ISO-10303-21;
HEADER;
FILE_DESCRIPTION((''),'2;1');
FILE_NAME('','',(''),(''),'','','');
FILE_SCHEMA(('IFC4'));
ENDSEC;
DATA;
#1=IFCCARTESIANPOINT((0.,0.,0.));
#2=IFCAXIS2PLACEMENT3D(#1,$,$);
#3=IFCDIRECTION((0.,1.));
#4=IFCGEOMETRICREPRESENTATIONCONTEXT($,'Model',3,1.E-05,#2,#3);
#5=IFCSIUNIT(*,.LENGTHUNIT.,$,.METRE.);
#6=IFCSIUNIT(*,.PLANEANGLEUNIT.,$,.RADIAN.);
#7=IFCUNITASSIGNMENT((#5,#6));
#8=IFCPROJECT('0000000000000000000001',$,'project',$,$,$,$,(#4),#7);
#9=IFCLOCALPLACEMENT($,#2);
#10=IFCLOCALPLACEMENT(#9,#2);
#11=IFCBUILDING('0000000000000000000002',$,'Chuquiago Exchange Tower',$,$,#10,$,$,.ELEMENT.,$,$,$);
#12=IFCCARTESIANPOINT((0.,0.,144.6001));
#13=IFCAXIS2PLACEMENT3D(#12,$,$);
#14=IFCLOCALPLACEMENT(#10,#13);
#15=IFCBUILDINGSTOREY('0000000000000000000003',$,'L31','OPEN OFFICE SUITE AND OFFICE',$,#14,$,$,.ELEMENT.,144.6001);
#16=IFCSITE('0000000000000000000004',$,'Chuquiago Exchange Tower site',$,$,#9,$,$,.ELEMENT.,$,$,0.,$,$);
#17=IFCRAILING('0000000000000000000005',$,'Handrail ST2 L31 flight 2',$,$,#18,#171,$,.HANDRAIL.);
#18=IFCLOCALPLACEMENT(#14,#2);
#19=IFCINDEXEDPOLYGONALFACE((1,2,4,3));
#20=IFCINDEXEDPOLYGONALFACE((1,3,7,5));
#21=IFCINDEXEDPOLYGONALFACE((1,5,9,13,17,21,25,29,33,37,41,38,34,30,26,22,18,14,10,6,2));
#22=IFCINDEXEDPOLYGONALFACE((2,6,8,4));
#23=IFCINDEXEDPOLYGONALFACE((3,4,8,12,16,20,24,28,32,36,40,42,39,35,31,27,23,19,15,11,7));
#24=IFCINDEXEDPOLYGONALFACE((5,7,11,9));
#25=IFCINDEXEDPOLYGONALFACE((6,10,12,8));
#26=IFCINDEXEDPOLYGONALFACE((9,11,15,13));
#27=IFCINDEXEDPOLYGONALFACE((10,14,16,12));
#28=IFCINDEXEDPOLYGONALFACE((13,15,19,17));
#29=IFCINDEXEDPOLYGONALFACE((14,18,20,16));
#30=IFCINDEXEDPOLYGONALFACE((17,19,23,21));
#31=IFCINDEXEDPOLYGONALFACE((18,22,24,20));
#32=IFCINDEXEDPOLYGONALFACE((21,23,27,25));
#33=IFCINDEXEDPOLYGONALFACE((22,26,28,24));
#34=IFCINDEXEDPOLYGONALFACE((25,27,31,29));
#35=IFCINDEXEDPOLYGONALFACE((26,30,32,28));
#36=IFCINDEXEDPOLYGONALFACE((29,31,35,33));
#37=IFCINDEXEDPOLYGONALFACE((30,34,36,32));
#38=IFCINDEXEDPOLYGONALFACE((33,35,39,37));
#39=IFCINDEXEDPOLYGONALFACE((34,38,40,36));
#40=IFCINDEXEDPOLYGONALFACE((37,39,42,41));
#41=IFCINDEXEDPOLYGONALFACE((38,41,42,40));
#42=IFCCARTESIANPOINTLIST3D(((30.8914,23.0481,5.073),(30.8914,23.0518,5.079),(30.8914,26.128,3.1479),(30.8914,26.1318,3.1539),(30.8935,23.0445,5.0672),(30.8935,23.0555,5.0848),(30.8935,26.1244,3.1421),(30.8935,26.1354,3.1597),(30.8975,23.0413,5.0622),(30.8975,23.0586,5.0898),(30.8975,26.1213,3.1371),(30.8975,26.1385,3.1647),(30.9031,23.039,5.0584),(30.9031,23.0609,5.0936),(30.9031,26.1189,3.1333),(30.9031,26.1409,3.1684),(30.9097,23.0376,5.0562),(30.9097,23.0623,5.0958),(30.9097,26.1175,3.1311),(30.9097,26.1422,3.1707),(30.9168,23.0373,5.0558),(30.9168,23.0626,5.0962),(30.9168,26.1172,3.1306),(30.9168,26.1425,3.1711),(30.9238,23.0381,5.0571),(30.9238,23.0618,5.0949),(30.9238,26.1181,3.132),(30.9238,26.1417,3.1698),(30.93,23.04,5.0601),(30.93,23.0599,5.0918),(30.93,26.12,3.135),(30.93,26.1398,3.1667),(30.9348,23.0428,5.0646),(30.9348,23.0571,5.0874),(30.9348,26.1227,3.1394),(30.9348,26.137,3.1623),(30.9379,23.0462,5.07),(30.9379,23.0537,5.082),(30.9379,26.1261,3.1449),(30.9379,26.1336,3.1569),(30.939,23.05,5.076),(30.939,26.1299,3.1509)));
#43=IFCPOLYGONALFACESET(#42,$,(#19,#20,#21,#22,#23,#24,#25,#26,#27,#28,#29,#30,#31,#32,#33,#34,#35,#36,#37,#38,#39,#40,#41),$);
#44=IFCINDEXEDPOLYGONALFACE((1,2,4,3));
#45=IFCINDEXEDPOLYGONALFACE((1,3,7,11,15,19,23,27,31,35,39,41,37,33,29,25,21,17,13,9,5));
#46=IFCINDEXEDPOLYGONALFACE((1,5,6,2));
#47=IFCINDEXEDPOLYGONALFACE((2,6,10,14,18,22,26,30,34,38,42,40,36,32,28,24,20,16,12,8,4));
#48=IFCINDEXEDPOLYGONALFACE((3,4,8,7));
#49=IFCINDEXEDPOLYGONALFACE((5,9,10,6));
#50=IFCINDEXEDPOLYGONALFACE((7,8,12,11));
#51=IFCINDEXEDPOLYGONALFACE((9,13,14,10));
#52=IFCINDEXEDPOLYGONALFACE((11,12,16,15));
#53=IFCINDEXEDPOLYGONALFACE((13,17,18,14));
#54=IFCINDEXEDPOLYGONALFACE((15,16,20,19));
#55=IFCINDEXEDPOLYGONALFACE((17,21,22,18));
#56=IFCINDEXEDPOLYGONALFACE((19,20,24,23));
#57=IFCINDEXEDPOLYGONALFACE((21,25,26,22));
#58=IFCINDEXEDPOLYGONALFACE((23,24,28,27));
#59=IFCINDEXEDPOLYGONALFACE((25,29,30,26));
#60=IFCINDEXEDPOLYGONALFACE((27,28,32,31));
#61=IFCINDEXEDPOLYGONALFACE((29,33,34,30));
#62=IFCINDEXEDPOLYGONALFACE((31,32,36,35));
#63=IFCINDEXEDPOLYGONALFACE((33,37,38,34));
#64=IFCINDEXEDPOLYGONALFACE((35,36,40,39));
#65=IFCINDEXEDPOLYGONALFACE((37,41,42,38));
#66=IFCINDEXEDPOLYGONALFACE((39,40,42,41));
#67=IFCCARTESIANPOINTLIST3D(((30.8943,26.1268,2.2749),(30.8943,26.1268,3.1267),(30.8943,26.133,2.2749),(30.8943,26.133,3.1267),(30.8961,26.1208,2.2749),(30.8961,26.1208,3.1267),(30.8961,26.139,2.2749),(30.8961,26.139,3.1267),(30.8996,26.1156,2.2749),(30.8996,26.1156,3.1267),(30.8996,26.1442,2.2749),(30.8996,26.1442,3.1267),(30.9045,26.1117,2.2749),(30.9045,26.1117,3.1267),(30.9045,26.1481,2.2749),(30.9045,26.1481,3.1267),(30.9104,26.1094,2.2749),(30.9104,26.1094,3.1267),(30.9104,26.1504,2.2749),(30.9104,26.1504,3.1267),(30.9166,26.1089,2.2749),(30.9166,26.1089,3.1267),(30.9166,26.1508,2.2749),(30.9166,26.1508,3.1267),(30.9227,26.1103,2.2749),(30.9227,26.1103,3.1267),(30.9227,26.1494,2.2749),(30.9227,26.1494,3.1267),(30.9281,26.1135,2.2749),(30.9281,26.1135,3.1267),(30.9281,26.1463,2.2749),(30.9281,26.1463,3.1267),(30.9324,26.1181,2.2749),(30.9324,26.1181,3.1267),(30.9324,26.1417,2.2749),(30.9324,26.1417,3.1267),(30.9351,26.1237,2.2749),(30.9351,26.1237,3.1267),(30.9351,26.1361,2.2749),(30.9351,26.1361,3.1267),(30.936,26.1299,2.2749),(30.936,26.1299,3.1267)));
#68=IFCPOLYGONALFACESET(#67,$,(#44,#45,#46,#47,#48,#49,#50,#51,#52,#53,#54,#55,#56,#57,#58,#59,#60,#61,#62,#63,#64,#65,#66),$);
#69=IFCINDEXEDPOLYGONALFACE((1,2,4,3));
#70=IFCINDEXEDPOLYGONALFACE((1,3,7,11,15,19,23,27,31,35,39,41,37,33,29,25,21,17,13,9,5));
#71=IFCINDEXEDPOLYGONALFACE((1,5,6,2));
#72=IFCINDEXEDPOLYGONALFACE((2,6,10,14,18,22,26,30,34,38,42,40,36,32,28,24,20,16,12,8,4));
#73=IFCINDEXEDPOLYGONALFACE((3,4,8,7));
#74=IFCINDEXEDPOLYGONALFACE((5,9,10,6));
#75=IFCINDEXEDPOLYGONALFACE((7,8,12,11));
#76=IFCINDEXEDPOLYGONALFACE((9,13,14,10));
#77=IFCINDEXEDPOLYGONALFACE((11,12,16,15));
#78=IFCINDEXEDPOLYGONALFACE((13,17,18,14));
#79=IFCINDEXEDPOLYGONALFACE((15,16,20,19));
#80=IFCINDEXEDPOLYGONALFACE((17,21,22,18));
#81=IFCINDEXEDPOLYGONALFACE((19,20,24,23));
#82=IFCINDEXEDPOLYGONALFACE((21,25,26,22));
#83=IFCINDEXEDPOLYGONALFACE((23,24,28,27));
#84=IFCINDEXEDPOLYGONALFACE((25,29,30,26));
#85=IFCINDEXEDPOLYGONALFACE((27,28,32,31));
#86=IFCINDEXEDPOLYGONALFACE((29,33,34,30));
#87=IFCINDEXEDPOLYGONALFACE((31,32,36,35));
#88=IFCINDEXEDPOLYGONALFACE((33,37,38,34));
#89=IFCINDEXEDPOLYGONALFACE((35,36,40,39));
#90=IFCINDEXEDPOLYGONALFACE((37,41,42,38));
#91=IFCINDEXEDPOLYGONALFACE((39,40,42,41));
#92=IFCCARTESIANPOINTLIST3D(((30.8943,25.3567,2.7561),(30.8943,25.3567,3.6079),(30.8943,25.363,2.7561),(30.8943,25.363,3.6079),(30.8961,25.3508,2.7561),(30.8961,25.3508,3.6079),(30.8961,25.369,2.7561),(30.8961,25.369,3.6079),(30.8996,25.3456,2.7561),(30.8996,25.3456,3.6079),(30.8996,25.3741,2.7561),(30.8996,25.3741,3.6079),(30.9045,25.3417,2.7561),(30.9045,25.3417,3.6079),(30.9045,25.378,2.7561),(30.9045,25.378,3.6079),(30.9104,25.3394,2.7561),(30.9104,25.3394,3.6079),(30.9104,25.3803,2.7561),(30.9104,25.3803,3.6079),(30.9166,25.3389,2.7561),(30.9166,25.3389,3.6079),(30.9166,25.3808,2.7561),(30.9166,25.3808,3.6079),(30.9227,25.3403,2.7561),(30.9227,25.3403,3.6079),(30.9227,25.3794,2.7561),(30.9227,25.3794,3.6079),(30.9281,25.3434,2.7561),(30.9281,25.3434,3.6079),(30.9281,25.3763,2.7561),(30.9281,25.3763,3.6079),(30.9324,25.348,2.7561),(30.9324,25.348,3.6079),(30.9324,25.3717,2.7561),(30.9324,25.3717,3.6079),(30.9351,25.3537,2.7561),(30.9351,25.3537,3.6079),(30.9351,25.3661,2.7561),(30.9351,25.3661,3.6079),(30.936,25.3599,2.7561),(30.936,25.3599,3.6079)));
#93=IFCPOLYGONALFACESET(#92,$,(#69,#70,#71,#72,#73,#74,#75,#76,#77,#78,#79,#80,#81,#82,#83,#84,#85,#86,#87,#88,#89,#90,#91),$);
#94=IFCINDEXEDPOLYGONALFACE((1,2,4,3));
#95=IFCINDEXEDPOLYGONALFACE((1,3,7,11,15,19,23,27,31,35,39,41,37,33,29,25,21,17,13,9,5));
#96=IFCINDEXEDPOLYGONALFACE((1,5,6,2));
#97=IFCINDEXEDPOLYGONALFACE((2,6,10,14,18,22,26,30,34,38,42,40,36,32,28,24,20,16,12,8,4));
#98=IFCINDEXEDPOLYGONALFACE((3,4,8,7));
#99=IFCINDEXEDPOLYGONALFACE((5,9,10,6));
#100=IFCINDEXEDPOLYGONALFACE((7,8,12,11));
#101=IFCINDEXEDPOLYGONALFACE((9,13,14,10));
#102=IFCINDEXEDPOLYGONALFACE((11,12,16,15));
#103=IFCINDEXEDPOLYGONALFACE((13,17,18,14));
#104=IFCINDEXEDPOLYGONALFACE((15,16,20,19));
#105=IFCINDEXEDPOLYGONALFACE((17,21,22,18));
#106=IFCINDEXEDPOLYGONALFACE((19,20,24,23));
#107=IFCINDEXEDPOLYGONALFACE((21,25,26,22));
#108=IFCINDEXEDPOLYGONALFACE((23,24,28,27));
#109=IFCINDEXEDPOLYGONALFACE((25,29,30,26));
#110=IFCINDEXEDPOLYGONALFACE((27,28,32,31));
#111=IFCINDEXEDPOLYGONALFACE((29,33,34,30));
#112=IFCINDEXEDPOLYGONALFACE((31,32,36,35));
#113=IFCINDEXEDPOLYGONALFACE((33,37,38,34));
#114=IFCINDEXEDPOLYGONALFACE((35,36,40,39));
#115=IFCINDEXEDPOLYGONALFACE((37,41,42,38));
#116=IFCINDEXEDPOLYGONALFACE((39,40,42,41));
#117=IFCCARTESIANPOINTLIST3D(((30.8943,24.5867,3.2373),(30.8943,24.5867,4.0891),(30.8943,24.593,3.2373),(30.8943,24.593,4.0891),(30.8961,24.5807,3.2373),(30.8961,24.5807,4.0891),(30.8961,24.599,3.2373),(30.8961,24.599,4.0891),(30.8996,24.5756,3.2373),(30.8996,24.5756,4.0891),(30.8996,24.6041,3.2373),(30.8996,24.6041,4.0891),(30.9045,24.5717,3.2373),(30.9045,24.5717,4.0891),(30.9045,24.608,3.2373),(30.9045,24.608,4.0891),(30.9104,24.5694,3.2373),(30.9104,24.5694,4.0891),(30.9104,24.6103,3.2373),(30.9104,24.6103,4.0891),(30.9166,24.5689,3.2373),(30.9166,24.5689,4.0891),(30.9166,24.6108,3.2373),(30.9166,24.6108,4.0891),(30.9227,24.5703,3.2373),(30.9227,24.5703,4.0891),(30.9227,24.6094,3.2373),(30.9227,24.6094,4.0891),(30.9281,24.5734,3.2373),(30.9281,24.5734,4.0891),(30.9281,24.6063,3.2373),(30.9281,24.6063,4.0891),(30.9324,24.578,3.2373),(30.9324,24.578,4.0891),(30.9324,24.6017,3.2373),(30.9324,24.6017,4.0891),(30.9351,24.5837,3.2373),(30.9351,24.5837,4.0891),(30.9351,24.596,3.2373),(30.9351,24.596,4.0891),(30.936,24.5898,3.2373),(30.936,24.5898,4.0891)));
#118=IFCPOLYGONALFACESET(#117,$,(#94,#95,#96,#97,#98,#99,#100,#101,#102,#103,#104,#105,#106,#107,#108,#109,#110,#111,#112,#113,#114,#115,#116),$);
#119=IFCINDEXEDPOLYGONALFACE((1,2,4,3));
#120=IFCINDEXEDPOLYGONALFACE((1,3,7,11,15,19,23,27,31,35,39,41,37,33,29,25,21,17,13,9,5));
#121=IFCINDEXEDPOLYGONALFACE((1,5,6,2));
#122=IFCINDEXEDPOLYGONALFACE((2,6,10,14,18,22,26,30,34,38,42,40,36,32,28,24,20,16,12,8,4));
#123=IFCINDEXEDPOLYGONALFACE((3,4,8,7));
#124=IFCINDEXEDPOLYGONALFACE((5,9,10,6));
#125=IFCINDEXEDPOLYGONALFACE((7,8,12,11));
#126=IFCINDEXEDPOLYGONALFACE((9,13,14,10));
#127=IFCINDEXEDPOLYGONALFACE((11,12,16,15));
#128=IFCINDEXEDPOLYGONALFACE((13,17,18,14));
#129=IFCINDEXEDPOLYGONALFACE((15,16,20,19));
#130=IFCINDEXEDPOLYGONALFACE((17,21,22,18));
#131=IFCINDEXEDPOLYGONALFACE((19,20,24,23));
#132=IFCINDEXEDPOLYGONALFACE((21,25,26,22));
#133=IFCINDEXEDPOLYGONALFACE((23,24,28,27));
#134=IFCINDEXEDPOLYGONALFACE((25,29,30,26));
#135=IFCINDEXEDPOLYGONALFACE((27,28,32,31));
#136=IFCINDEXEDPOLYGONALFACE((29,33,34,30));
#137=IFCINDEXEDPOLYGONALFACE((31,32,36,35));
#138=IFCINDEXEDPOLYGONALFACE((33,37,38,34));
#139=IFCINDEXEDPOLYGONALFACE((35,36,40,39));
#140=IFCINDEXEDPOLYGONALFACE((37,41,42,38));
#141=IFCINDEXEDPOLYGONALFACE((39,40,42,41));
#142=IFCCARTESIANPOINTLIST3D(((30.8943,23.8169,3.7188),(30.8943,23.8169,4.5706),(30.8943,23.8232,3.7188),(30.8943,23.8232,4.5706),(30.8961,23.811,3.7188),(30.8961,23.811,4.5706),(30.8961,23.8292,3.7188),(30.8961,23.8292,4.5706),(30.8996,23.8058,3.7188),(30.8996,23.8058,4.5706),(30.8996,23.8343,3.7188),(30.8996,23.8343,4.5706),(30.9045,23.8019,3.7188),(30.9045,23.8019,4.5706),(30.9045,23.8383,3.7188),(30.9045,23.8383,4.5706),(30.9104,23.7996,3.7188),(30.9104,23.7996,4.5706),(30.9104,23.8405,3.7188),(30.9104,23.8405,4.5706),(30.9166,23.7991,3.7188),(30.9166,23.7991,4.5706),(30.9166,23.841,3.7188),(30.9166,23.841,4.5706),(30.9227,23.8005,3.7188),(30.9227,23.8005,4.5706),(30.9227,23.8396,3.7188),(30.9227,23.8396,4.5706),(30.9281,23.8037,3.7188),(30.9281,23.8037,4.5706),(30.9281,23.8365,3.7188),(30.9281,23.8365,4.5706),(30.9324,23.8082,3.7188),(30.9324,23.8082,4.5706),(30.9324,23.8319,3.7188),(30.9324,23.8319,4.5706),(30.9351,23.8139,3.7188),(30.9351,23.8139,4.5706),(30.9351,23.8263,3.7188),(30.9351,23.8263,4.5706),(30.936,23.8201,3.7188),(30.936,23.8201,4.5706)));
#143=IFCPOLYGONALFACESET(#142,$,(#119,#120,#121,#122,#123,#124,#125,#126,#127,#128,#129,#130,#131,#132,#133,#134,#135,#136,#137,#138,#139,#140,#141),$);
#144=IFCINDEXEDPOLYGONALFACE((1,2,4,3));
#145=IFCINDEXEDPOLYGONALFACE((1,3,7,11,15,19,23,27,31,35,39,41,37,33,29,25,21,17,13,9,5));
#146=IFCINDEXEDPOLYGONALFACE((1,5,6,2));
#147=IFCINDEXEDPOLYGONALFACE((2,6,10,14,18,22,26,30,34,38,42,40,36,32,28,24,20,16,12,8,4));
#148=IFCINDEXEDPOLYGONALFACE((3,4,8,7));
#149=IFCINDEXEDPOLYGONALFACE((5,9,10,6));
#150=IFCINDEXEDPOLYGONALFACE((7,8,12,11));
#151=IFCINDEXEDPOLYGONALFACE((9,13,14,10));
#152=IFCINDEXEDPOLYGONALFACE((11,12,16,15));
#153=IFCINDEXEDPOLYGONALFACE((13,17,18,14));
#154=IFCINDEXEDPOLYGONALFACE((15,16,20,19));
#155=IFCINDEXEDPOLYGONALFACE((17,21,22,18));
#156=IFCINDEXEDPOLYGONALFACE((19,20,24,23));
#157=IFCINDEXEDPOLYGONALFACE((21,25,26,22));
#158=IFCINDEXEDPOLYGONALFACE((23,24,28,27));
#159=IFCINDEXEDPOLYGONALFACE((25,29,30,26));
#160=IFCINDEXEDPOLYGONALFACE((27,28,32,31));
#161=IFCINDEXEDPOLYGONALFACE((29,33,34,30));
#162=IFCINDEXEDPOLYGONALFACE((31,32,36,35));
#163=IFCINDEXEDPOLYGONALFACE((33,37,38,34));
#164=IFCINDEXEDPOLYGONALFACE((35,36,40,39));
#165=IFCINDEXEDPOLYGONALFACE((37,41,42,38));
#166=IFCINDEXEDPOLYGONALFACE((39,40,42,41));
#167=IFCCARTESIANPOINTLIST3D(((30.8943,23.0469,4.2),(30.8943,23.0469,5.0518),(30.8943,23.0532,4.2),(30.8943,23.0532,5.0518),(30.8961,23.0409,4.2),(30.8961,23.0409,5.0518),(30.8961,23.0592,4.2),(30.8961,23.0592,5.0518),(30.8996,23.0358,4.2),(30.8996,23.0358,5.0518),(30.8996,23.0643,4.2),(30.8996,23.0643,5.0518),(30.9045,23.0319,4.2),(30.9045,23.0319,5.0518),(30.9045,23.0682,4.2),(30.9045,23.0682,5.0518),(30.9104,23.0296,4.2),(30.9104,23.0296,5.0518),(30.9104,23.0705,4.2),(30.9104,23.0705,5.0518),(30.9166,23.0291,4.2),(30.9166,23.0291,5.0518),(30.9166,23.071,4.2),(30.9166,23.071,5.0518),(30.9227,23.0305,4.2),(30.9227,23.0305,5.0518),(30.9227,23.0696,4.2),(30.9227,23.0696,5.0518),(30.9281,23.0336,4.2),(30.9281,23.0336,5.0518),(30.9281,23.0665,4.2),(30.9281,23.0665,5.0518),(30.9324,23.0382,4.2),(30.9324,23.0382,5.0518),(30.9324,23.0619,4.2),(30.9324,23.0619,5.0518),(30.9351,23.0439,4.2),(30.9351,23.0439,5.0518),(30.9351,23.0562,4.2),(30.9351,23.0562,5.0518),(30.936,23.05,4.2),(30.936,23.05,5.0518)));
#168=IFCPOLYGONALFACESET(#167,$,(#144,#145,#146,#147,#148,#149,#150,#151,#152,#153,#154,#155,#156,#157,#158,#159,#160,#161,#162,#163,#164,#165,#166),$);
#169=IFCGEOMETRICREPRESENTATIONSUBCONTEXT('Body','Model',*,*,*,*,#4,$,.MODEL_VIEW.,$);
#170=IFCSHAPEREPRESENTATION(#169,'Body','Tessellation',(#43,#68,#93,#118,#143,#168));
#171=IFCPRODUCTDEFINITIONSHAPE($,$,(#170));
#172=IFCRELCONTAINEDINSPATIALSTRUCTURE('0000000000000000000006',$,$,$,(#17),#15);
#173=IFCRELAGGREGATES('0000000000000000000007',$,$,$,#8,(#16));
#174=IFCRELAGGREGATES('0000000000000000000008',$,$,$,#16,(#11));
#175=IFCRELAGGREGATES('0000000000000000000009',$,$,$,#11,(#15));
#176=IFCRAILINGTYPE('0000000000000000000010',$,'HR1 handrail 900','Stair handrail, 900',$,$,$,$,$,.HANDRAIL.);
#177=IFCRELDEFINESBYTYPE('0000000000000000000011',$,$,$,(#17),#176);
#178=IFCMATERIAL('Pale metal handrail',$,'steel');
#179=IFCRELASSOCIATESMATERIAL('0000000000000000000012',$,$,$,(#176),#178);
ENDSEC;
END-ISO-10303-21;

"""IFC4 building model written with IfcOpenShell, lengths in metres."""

from ifc_helpers import new_model, si_unit, direction, frame, origin, origin_2d, place, context, subcontext, project, spatial, circle, extrude, material, type_object, element, save


model = new_model("IFC4")

# Units and contexts
model_context = context("Model", 3, precision=1e-05, world=origin(), true_north=direction((0.0, 1.0)))
body_context = subcontext(model_context, "Body", "Model", "MODEL_VIEW")
ifc_project = project(units=[si_unit("LENGTHUNIT", "METRE"), si_unit("PLANEANGLEUNIT", "RADIAN")], contexts=[model_context])

# Site, building, storey
site_placement = place(None, origin())
site = spatial("IfcSite", under=ifc_project, at=site_placement, Name="Chuquiago Exchange Tower site", CompositionType="ELEMENT", RefElevation=0.0)
building_placement = place(site_placement, origin())
building = spatial("IfcBuilding", under=site, at=building_placement, Name="Chuquiago Exchange Tower", CompositionType="ELEMENT")
storey_placement = place(building_placement, frame((0.0, 0.0, 144.6001)))
storey = spatial("IfcBuildingStorey", under=building, at=storey_placement, Name="L31", Description="OPEN OFFICE SUITE AND OFFICE", CompositionType="ELEMENT", Elevation=144.6001)

# Railing
ifc_material_1 = material(Name="Pale metal handrail", Category="steel")
railing_type_1 = type_object("IfcRailingType", Name="HR1 handrail 900", Description="Stair handrail, 900", PredefinedType="HANDRAIL", material=ifc_material_1)
for number, where, name in (
    (1, (30.915, 26.1299, 2.2749), "Handrail ST2 L31 flight 2"),
):
    element("IfcRailing", number, at=place(storey_placement, frame(where)), inside=storey, type_object=railing_type_1, Name=name, PredefinedType="HANDRAIL", context=body_context, shape_type="SweptSolid", body=[
        extrude(circle(Radius=0.0239, at=origin_2d()), frame((0.0, 0.0, 0.876), z_axis=(0.0, -0.847979, 0.530029), x_axis=(1.0, 0.0, 0.0)), (0.0, 0.0, 1.0), 3.6321),
        extrude(circle(Radius=0.021, at=origin_2d()), origin(), (0.0, 0.0, 1.0), 0.8518),
        extrude(circle(Radius=0.021, at=origin_2d()), frame((0.0, -0.77, 0.4812)), (0.0, 0.0, 1.0), 0.8518),
        extrude(circle(Radius=0.021, at=origin_2d()), frame((0.0, -1.54, 0.9624)), (0.0, 0.0, 1.0), 0.8518),
        extrude(circle(Radius=0.021, at=origin_2d()), frame((0.0, -2.3098, 1.4438)), (0.0, 0.0, 1.0), 0.8518),
        extrude(circle(Radius=0.021, at=origin_2d()), frame((0.0, -3.0798, 1.925)), (0.0, 0.0, 1.0), 0.8518),
    ])

save(model, "model.ifc")
